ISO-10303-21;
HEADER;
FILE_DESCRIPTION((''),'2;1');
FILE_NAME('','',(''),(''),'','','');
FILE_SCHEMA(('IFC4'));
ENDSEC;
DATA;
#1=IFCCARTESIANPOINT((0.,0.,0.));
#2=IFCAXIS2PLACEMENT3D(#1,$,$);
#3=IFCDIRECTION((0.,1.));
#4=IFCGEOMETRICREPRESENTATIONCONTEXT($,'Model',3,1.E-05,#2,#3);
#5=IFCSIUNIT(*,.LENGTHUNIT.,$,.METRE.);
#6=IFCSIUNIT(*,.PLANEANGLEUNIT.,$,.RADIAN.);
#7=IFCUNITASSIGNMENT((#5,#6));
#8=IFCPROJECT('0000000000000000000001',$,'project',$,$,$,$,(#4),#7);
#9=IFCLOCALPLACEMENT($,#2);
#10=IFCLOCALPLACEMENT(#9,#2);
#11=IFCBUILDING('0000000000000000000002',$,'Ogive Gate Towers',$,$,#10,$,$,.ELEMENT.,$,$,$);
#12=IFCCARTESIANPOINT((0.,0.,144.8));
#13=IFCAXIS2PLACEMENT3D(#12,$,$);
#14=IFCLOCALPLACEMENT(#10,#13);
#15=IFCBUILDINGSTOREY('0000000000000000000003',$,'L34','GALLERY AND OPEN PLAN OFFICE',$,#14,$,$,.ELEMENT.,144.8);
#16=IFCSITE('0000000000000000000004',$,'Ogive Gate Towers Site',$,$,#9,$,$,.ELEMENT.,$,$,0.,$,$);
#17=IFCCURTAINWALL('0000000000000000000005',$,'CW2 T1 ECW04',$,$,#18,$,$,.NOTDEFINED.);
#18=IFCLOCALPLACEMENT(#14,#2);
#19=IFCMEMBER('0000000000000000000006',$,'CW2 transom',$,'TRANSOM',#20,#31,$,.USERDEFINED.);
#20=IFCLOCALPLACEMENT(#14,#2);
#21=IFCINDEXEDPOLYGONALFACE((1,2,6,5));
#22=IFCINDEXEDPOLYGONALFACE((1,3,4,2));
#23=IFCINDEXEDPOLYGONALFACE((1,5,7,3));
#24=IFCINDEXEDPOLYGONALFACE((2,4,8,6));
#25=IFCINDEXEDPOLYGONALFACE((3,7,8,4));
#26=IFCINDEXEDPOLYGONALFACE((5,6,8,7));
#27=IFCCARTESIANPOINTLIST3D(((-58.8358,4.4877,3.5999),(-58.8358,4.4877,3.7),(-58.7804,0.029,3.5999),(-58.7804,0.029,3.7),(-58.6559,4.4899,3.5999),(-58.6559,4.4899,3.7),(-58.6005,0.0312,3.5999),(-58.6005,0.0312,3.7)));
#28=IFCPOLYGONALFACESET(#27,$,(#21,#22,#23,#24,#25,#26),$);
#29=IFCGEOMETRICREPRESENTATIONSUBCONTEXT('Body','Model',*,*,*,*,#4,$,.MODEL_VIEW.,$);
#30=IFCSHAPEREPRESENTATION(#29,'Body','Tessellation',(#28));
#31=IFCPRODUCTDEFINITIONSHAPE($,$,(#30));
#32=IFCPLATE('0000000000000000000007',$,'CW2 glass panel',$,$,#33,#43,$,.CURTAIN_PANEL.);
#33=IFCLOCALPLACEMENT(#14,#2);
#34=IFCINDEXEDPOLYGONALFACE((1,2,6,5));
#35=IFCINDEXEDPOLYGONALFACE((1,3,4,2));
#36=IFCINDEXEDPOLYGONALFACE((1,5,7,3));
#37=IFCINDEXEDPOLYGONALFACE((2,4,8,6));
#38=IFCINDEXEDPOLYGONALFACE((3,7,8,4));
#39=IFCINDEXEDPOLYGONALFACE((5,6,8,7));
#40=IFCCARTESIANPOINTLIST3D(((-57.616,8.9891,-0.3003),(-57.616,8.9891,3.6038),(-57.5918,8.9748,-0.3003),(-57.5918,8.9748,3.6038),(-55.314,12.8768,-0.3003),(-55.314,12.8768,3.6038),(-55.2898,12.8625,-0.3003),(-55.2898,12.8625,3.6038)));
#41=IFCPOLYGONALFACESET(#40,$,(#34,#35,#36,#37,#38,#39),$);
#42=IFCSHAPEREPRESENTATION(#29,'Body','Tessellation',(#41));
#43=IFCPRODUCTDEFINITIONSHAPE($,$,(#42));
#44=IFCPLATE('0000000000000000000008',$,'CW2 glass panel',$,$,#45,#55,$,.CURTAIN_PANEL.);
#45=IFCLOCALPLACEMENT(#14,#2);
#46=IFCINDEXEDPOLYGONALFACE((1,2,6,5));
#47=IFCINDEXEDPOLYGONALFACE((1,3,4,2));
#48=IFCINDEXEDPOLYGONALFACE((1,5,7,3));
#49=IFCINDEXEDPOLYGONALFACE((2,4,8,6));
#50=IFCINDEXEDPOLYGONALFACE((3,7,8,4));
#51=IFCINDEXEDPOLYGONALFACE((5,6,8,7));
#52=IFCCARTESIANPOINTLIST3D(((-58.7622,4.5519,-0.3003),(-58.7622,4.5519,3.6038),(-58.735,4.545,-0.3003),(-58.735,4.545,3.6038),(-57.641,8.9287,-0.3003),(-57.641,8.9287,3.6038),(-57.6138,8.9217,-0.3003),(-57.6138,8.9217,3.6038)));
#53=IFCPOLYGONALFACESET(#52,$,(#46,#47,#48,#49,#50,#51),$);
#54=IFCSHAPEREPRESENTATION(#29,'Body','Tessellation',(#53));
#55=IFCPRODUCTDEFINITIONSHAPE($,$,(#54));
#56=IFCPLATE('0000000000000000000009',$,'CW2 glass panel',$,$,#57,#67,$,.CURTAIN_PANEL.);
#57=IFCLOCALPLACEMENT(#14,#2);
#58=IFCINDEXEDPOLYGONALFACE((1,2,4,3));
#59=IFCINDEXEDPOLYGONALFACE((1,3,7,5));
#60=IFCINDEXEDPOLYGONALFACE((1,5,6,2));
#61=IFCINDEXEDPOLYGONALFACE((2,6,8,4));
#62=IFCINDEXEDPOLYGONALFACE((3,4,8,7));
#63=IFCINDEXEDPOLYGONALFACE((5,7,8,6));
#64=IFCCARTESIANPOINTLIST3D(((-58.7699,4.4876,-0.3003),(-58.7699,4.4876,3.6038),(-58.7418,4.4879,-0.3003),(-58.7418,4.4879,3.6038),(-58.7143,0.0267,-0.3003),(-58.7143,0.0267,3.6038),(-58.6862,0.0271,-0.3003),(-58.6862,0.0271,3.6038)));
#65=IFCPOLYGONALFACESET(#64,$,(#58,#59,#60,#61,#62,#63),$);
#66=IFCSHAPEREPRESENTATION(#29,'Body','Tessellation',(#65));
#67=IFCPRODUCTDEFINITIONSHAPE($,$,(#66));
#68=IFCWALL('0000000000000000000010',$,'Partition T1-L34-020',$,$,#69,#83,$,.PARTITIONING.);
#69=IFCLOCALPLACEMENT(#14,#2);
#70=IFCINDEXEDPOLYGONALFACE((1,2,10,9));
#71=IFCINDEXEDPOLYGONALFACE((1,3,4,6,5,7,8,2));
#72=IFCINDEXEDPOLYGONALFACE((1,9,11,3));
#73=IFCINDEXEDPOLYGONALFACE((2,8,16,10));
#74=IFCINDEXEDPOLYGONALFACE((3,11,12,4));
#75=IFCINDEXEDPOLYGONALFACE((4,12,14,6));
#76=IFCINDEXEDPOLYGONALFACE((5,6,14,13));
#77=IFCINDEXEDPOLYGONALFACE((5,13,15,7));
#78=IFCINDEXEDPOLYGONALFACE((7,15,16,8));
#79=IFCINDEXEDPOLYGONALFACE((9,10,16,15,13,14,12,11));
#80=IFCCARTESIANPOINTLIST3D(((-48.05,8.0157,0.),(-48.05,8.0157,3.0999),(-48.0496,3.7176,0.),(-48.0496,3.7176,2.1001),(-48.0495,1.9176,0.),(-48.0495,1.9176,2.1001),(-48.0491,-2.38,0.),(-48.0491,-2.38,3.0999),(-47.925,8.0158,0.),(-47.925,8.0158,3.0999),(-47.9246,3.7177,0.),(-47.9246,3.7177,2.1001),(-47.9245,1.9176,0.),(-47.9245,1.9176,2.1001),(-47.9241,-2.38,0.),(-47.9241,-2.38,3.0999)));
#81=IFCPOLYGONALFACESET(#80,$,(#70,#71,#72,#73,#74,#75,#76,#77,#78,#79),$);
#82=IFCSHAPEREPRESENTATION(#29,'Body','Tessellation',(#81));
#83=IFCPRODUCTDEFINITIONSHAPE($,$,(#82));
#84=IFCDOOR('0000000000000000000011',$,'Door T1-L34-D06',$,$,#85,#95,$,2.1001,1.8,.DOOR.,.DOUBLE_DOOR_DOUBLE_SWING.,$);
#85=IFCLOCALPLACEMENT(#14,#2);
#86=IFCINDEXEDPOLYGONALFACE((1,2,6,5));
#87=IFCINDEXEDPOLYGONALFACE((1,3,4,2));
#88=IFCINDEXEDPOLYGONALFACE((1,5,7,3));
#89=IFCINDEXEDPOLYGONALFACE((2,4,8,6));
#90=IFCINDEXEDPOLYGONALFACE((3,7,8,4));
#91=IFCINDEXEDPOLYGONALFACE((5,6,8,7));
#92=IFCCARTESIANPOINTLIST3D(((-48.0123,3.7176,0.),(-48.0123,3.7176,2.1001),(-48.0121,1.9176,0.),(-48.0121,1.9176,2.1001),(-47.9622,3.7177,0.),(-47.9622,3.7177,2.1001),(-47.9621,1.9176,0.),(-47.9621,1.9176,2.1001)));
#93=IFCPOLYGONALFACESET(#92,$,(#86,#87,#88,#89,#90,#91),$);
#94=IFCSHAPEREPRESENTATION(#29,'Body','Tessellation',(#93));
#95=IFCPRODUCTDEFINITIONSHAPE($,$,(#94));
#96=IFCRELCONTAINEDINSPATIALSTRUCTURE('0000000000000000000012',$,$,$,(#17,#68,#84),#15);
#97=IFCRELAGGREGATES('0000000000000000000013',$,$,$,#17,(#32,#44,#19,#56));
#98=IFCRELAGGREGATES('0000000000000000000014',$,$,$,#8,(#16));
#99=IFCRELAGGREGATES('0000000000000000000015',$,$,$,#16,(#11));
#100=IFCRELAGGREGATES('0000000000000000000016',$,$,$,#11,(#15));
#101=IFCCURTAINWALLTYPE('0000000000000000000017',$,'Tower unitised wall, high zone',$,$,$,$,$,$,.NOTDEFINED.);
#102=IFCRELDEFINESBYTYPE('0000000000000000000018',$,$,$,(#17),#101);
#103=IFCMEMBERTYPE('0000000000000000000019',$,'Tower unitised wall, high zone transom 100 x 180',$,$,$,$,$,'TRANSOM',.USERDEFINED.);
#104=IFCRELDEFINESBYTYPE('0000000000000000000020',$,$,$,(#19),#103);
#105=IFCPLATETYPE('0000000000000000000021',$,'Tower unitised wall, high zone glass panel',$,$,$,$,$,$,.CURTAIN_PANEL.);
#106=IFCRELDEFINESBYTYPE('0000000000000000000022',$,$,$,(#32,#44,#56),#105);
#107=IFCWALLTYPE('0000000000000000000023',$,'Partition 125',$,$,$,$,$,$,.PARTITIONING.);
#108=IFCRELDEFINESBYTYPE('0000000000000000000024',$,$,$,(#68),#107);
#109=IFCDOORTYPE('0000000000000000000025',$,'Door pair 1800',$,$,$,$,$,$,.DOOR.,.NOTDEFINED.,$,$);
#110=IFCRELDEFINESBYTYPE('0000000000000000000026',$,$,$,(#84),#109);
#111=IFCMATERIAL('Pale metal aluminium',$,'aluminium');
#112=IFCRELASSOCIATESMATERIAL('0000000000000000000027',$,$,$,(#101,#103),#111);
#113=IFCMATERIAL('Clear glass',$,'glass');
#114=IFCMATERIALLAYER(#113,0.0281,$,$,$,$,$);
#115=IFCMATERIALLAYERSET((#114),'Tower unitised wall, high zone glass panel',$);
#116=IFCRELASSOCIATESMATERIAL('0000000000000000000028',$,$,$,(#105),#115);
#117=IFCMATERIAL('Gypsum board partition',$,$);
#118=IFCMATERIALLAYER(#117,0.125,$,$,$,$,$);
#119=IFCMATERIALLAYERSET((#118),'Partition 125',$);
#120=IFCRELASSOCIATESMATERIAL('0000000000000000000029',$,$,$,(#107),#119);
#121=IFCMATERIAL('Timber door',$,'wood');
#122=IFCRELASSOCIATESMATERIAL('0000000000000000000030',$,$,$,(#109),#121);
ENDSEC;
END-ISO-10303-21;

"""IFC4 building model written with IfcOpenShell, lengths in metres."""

from ifc_helpers import new_model, si_unit, direction, frame, frame_2d, origin, origin_2d, place, context, subcontext, project, spatial, rectangle, extrude, material, layer, layer_set, material_profile, profile_set, type_object, element, fill, aggregate, save


model = new_model("IFC4")

# Units and contexts
model_context = context("Model", 3, precision=1e-05, world=origin(), true_north=direction((0.0, 1.0)))
body_context = subcontext(model_context, "Body", "Model", "MODEL_VIEW")
ifc_project = project(units=[si_unit("LENGTHUNIT", "METRE"), si_unit("PLANEANGLEUNIT", "RADIAN")], contexts=[model_context])

# Site, building, storey
site_placement = place(None, origin())
site = spatial("IfcSite", under=ifc_project, at=site_placement, Name="Ogive Gate Towers Site", CompositionType="ELEMENT", RefElevation=0.0)
building_placement = place(site_placement, origin())
building = spatial("IfcBuilding", under=site, at=building_placement, Name="Ogive Gate Towers", CompositionType="ELEMENT")
storey_placement = place(building_placement, frame((0.0, 0.0, 144.8)))
storey = spatial("IfcBuildingStorey", under=building, at=storey_placement, Name="L34", Description="GALLERY AND OPEN PLAN OFFICE", CompositionType="ELEMENT", Elevation=144.8)

# Curtain wall, member, plates
ifc_material_1 = material(Name="Pale metal aluminium", Category="aluminium")
curtain_wall_type = type_object("IfcCurtainWallType", Name="Tower unitised wall, high zone", PredefinedType="NOTDEFINED", material=ifc_material_1)
curtain_wall_placement = place(storey_placement, origin())
curtain_wall = element("IfcCurtainWall", 1, at=curtain_wall_placement, inside=storey, type_object=curtain_wall_type, Name="CW2 T1 ECW04", PredefinedType="NOTDEFINED")
ifc_material_profile_1 = material_profile(ifc_material_1, rectangle(XDim=0.1799, YDim=0.1001, at=origin_2d()), Name="100 x 180 aluminium box")
ifc_profile_set_1 = profile_set([ifc_material_profile_1], Name="Pale metal aluminium")
member_type_1 = type_object("IfcMemberType", Name="Tower unitised wall, high zone transom 100 x 180", ElementType="TRANSOM", PredefinedType="USERDEFINED", material=ifc_profile_set_1)
member_1_placement = place(storey_placement, frame((-58.7458, 4.4888, 3.6499), z_axis=(0.012429, -0.999923, 0.0), x_axis=(0.999923, 0.012429, 0.0)))
member_1 = element("IfcMember", 2, at=member_1_placement, type_object=member_type_1, Name="CW2 transom", ObjectType="TRANSOM", PredefinedType="USERDEFINED", context=body_context, shape_type="SweptSolid", body=[
    extrude(rectangle(XDim=0.1799, YDim=0.1001, at=origin_2d()), origin(), (0.0, 0.0, 1.0), 4.459),
])
ifc_material_2 = material(Name="Clear glass", Category="glass")
ifc_layer_1 = layer(ifc_material_2, 0.0281)
ifc_layer_set_1 = layer_set([ifc_layer_1], Name="Tower unitised wall, high zone glass panel")
plate_type = type_object("IfcPlateType", Name="Tower unitised wall, high zone glass panel", PredefinedType="CURTAIN_PANEL", material=ifc_layer_set_1)
plate_1_placement = place(storey_placement, frame((-56.4529, 10.9258, -0.3003), z_axis=(0.0, 0.0, 1.0), x_axis=(-0.509507, -0.860466, 0.0)))
plate_1 = element("IfcPlate", 3, at=plate_1_placement, type_object=plate_type, Name="CW2 glass panel", PredefinedType="CURTAIN_PANEL", context=body_context, shape_type="SweptSolid", body=[
    extrude(rectangle(XDim=4.5181, YDim=0.0281, at=origin_2d()), origin(), (0.0, 0.0, 1.0), 3.9041),
])
plate_2_placement = place(storey_placement, frame((-58.188, 6.7368, -0.3003), z_axis=(0.0, 0.0, 1.0), x_axis=(-0.248166, -0.968718, 0.0)))
plate_2 = element("IfcPlate", 4, at=plate_2_placement, type_object=plate_type, Name="CW2 glass panel", PredefinedType="CURTAIN_PANEL", context=body_context, shape_type="SweptSolid", body=[
    extrude(rectangle(XDim=4.5181, YDim=0.0281, at=origin_2d()), origin(), (0.0, 0.0, 1.0), 3.9041),
])
plate_3_placement = place(storey_placement, frame((-58.728, 2.2573, -0.3003), z_axis=(0.0, 0.0, 1.0), x_axis=(0.012461, -0.999922, 0.0)))
plate_3 = element("IfcPlate", 5, at=plate_3_placement, type_object=plate_type, Name="CW2 glass panel", PredefinedType="CURTAIN_PANEL", context=body_context, shape_type="SweptSolid", body=[
    extrude(rectangle(XDim=4.4612, YDim=0.0281, at=origin_2d()), origin(), (0.0, 0.0, 1.0), 3.9041),
])
aggregate(curtain_wall, [plate_1, plate_2, member_1, plate_3])

# Wall, opening, door
ifc_material_3 = material(Name="Gypsum board partition")
ifc_layer_2 = layer(ifc_material_3, 0.125)
ifc_layer_set_2 = layer_set([ifc_layer_2], Name="Partition 125")
wall_type_1 = type_object("IfcWallType", Name="Partition 125", PredefinedType="PARTITIONING", material=ifc_layer_set_2)
wall_1_placement = place(storey_placement, frame((-47.9875, 8.0156, 0.0), z_axis=(0.0, 0.0, 1.0), x_axis=(0.000094, -1.0, 0.0)))
wall_1 = element("IfcWall", 6, at=wall_1_placement, inside=storey, type_object=wall_type_1, Name="Partition T1-L34-020", PredefinedType="PARTITIONING", context=body_context, shape_type="SweptSolid", body=[
    extrude(rectangle(XDim=10.3958, YDim=0.125, at=frame_2d((5.1978, 0.0))), origin(), (0.0, 0.0, 1.0), 3.0999),
])
opening_1_placement = place(wall_1_placement, frame((4.2981, 0.0, 0.0)))
opening_1 = element("IfcOpeningElement", 7, at=opening_1_placement, cuts=wall_1, PredefinedType="OPENING", context=body_context, shape_type="SweptSolid", body=[
    extrude(rectangle(XDim=1.8, YDim=2.1001, at=frame_2d((0.8999, 1.05))), frame((0.0, 0.0725, 0.0), z_axis=(0.0, -1.0, 0.0), x_axis=(1.0, 0.0, 0.0)), (0.0, 0.0, 1.0), 0.145),
])
ifc_material_4 = material(Name="Timber door", Category="wood")
door_type_1 = type_object("IfcDoorType", Name="Door pair 1800", OperationType="NOTDEFINED", PredefinedType="DOOR", material=ifc_material_4)
door_1_placement = place(opening_1_placement, origin())
door_1 = element("IfcDoor", 8, at=door_1_placement, inside=storey, type_object=door_type_1, Name="Door T1-L34-D06", OperationType="DOUBLE_DOOR_DOUBLE_SWING", OverallHeight=2.1001, OverallWidth=1.8, PredefinedType="DOOR", context=body_context, shape_type="SweptSolid", body=[
    extrude(rectangle(XDim=1.8, YDim=2.1001, at=frame_2d((0.8999, 1.05))), frame((0.0, 0.0249, 0.0), z_axis=(0.0, -1.0, 0.0), x_axis=(1.0, 0.0, 0.0)), (0.0, 0.0, 1.0), 0.05),
])
fill(opening_1, door_1)

save(model, "model.ifc")
